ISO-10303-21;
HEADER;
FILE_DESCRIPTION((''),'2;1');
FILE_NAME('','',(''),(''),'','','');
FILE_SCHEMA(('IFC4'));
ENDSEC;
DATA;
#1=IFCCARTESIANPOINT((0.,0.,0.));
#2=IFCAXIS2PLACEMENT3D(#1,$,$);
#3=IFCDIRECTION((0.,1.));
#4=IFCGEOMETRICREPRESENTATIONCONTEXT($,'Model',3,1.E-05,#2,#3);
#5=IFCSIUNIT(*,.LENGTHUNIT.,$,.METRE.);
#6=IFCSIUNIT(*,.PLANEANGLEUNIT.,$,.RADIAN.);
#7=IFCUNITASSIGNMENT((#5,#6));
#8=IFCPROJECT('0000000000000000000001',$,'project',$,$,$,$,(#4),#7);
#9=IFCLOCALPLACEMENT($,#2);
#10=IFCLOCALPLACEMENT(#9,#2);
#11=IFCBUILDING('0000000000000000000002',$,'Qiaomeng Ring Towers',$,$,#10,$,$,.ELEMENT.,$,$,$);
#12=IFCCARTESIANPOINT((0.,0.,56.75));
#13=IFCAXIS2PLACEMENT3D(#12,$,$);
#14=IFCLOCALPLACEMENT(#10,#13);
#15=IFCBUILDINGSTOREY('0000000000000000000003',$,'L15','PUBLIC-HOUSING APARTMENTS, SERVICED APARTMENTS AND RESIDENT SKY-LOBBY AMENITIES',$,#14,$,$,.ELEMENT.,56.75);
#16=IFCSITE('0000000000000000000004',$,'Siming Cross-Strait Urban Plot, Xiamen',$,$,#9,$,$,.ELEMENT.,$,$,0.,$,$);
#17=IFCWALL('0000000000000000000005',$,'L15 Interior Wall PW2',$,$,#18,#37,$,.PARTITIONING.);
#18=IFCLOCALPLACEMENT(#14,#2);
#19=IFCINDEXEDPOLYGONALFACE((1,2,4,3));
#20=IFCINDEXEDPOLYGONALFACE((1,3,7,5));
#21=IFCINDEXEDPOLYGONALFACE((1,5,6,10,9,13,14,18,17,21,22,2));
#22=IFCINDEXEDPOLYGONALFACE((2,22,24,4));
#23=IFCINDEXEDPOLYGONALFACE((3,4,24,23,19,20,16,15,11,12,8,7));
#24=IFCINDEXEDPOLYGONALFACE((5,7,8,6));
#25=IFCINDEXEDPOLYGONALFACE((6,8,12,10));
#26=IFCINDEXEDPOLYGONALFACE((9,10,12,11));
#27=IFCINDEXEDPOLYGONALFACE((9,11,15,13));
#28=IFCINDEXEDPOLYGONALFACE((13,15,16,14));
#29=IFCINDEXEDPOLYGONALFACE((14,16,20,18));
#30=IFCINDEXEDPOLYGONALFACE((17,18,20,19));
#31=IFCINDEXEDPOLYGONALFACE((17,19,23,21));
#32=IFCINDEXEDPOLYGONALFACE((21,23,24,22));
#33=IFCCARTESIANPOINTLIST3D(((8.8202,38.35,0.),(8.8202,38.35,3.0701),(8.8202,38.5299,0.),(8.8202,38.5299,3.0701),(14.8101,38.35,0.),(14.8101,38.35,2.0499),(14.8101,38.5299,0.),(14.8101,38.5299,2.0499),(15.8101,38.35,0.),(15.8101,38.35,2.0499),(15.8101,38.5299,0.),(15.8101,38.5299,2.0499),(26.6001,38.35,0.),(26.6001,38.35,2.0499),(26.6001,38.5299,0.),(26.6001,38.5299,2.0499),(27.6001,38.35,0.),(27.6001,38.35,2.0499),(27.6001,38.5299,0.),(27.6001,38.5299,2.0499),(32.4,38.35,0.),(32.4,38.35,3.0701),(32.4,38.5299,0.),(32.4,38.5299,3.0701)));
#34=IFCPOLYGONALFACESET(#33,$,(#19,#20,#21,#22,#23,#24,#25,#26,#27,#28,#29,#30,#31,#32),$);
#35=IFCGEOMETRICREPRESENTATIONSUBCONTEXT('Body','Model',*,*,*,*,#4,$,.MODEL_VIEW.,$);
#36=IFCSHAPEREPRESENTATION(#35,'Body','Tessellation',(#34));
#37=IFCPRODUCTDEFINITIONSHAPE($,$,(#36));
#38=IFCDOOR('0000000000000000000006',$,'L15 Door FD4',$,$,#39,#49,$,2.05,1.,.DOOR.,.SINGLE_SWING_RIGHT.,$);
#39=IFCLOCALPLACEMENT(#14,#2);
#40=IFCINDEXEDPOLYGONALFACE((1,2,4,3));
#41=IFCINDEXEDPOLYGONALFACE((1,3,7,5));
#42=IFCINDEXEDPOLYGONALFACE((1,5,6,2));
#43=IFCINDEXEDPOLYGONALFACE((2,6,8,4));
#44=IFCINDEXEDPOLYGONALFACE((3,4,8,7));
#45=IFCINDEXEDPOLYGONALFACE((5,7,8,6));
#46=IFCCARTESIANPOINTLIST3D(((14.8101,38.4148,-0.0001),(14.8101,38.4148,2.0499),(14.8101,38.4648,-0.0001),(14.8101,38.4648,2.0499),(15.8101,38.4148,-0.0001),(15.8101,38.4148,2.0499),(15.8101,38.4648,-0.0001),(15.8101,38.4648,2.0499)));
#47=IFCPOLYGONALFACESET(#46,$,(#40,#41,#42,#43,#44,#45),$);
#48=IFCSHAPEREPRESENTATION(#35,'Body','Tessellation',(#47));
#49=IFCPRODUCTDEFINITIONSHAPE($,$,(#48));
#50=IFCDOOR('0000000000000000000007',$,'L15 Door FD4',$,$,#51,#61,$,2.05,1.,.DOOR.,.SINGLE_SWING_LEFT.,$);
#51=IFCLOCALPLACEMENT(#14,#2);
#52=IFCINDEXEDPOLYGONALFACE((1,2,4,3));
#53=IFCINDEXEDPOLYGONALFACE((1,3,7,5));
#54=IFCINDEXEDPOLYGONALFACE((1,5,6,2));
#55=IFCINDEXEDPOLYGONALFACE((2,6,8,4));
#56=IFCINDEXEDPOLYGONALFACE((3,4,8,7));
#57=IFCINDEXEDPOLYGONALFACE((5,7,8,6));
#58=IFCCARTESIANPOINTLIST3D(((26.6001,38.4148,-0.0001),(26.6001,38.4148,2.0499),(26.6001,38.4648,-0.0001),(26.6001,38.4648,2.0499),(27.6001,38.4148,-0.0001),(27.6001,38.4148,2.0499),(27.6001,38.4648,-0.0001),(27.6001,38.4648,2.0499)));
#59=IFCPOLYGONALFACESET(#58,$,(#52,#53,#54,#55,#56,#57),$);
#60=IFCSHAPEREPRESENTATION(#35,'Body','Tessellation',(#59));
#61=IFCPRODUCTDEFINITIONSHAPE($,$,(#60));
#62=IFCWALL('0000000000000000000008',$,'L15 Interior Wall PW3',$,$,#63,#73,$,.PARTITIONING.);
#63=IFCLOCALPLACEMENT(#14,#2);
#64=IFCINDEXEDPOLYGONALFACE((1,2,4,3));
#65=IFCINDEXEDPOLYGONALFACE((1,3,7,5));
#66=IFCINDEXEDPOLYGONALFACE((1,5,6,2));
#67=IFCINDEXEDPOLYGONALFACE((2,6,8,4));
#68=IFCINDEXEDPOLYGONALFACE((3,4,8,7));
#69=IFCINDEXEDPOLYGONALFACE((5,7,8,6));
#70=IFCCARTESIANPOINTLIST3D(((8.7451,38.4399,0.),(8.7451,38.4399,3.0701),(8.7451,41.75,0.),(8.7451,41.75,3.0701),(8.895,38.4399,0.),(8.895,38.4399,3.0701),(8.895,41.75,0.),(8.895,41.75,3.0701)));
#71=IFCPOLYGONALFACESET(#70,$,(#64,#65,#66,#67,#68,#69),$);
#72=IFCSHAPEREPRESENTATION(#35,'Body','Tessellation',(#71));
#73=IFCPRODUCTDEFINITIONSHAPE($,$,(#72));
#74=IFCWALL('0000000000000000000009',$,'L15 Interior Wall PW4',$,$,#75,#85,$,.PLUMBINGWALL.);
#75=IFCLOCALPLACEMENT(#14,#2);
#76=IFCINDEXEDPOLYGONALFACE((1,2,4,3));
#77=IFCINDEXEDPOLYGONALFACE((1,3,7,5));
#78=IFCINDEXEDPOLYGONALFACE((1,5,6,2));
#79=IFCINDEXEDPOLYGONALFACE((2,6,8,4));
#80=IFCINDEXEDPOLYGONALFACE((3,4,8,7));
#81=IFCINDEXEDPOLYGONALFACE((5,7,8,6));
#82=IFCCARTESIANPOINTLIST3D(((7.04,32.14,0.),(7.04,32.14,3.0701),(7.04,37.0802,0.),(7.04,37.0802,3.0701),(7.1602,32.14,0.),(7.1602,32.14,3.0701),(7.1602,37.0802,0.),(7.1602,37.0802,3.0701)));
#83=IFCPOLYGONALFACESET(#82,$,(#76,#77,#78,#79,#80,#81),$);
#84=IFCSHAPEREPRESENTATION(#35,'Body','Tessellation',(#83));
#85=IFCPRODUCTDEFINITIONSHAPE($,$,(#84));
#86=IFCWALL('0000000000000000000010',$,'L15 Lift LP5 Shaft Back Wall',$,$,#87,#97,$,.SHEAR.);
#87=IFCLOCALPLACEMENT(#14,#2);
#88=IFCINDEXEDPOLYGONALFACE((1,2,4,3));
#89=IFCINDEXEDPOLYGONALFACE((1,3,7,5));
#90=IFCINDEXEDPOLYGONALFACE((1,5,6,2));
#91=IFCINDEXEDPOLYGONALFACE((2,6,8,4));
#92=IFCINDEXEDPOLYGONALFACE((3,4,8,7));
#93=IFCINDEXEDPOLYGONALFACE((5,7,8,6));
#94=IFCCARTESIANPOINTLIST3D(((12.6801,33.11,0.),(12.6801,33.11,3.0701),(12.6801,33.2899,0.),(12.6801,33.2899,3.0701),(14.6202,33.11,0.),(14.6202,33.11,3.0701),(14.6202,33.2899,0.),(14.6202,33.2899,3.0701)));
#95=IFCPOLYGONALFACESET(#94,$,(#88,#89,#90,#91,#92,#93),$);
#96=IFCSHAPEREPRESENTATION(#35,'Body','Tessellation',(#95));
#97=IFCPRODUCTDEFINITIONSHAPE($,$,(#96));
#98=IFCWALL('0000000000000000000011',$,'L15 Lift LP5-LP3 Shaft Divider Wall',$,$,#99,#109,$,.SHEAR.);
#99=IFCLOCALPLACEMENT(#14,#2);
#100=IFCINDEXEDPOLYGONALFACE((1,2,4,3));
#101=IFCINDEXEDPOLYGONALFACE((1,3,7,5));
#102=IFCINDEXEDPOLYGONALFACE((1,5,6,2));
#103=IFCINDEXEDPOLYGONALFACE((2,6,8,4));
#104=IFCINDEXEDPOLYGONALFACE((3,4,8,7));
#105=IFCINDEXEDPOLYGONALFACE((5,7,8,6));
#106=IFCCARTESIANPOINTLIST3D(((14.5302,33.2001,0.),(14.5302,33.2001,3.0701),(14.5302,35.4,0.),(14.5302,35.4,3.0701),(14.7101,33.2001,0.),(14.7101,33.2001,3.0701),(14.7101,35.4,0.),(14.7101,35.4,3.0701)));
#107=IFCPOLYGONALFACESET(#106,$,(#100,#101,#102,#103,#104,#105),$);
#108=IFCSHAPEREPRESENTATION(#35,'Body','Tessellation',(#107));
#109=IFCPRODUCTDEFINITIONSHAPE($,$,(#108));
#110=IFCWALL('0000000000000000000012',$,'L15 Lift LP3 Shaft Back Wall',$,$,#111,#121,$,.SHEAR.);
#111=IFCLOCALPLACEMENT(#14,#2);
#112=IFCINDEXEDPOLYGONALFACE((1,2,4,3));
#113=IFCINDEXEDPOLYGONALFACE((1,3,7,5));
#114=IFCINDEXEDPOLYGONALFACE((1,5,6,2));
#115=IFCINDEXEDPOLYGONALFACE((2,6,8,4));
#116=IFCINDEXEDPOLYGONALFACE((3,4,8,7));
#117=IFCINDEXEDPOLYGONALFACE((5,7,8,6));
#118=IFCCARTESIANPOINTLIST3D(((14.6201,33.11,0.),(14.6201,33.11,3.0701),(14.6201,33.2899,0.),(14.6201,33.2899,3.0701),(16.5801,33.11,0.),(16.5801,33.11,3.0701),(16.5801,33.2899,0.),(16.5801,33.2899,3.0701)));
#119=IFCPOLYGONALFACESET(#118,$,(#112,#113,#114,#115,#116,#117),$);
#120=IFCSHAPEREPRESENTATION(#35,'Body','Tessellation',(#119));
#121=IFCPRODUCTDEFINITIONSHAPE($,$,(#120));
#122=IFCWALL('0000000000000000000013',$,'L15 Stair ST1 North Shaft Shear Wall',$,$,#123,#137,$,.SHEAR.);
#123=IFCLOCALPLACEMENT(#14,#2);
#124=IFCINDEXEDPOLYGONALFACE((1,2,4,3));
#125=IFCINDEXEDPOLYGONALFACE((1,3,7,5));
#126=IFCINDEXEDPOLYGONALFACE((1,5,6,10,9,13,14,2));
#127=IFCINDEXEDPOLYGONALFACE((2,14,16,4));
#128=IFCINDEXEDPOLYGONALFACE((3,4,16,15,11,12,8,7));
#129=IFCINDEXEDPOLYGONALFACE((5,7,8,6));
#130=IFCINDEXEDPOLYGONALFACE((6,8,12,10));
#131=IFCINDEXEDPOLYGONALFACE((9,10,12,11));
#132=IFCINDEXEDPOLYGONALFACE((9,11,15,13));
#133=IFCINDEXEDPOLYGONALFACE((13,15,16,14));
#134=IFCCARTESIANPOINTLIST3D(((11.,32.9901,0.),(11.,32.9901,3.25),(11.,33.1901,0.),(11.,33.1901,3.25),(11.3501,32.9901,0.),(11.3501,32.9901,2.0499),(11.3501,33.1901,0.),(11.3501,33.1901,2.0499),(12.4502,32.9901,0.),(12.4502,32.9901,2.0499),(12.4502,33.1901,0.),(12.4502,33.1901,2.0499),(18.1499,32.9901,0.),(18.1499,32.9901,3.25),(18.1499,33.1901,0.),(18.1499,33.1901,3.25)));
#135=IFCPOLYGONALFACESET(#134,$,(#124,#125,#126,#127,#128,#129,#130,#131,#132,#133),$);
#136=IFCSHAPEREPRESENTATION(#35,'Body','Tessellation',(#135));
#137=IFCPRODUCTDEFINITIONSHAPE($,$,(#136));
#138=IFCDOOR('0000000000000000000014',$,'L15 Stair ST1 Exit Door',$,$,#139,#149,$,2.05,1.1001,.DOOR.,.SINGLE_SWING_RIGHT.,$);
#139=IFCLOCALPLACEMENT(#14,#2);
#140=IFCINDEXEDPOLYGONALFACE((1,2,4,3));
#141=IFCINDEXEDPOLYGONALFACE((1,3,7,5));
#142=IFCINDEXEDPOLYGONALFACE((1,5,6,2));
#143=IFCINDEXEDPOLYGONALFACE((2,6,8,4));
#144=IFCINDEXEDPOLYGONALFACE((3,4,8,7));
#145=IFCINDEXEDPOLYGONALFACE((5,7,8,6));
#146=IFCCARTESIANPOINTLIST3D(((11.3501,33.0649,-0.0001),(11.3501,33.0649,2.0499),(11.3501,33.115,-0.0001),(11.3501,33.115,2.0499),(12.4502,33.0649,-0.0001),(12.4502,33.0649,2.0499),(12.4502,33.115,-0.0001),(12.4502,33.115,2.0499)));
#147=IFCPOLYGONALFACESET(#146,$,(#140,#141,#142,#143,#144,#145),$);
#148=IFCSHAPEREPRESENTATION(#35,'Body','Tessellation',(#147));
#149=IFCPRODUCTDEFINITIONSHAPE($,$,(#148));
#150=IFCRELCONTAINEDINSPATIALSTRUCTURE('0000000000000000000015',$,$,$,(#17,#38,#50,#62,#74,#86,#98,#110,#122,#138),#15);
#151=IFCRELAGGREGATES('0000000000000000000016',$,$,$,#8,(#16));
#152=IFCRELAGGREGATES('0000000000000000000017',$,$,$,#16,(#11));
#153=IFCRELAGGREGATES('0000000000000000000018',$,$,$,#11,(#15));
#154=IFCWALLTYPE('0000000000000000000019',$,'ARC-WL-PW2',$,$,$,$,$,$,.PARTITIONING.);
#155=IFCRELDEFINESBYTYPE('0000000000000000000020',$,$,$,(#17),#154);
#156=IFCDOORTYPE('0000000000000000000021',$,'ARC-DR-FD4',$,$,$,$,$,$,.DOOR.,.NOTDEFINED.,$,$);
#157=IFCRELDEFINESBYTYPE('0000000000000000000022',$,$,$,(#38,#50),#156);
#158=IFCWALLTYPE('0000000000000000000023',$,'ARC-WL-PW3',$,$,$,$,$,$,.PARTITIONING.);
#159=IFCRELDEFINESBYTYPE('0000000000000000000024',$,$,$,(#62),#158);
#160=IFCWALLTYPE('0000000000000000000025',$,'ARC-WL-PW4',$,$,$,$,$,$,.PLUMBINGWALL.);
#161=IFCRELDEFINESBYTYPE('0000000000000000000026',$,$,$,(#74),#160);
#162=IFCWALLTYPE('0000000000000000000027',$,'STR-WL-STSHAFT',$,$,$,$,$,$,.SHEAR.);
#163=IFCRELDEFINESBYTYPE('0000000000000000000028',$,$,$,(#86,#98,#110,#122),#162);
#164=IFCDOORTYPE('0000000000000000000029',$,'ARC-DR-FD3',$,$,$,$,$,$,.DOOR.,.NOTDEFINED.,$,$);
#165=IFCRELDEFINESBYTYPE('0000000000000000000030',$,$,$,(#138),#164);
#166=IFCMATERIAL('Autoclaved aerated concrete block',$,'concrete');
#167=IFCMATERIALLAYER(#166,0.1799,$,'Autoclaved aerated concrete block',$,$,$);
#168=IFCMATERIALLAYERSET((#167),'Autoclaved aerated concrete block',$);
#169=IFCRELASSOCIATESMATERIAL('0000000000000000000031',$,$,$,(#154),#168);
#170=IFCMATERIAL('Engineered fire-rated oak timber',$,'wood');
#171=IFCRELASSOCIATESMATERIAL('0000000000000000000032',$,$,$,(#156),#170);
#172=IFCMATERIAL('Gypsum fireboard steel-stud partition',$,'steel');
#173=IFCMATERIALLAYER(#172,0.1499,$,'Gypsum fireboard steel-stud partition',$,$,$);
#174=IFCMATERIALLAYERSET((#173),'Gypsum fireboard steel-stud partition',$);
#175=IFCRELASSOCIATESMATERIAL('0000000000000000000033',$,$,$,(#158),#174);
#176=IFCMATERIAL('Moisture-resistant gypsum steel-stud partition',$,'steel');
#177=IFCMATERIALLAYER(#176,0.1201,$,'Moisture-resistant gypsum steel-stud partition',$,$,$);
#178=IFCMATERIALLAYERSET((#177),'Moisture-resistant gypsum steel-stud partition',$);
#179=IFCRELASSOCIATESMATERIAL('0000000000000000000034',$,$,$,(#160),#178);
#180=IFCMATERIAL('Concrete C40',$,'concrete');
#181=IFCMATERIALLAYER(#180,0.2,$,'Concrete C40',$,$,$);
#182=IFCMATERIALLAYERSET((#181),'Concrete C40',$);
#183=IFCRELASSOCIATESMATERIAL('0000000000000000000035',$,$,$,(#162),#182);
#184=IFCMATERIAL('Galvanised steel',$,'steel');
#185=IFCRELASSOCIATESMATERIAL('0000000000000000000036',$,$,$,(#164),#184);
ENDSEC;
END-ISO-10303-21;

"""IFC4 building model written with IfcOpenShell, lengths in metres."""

from ifc_helpers import new_model, si_unit, direction, frame, frame_2d, origin, place, context, subcontext, project, spatial, rectangle, extrude, source, transform, mapped, material, layer, layer_set, type_object, element, fill, save


model = new_model("IFC4")

# Units and contexts
model_context = context("Model", 3, precision=1e-05, world=origin(), true_north=direction((0.0, 1.0)))
body_context = subcontext(model_context, "Body", "Model", "MODEL_VIEW")
ifc_project = project(units=[si_unit("LENGTHUNIT", "METRE"), si_unit("PLANEANGLEUNIT", "RADIAN")], contexts=[model_context])

# Site, building, storey
site_placement = place(None, origin())
site = spatial("IfcSite", under=ifc_project, at=site_placement, Name="Siming Cross-Strait Urban Plot, Xiamen", CompositionType="ELEMENT", RefElevation=0.0)
building_placement = place(site_placement, origin())
building = spatial("IfcBuilding", under=site, at=building_placement, Name="Qiaomeng Ring Towers", CompositionType="ELEMENT")
storey_placement = place(building_placement, frame((0.0, 0.0, 56.75)))
storey = spatial("IfcBuildingStorey", under=building, at=storey_placement, Name="L15", Description="PUBLIC-HOUSING APARTMENTS, SERVICED APARTMENTS AND RESIDENT SKY-LOBBY AMENITIES", CompositionType="ELEMENT", Elevation=56.75)

# Shared definitions
ifc_material_1 = material(Name="Autoclaved aerated concrete block", Category="concrete")

# Wall, openings, doors
ifc_layer_1 = layer(ifc_material_1, 0.1799, Name="Autoclaved aerated concrete block")
ifc_layer_set_1 = layer_set([ifc_layer_1], Name="Autoclaved aerated concrete block")
wall_type_1 = type_object("IfcWallType", Name="ARC-WL-PW2", PredefinedType="PARTITIONING", material=ifc_layer_set_1)
wall_1_placement = place(storey_placement, frame((8.8201, 38.4399, 0.0), z_axis=(0.0, 0.0, 1.0), x_axis=(1.0, 0.0, 0.0)))
wall_1 = element("IfcWall", 1, at=wall_1_placement, inside=storey, type_object=wall_type_1, Name="L15 Interior Wall PW2", PredefinedType="PARTITIONING", context=body_context, shape_type="SweptSolid", body=[
    extrude(rectangle(XDim=23.5798, YDim=0.1799, at=frame_2d((11.79, 0.0))), origin(), (0.0, 0.0, 1.0), 3.0701),
])
opening_1_placement = place(wall_1_placement, frame((5.99, 0.0, 0.0)))
opening_1 = element("IfcOpeningElement", 2, at=opening_1_placement, cuts=wall_1, PredefinedType="OPENING", context=body_context, shape_type="SweptSolid", body=[
    extrude(rectangle(XDim=1.0, YDim=2.05, at=frame_2d((0.5, 1.0249))), frame((0.0, 0.0999, 0.0), z_axis=(0.0, -1.0, 0.0), x_axis=(1.0, 0.0, 0.0)), (0.0, 0.0, 1.0), 0.2),
])
opening_2_placement = place(wall_1_placement, frame((17.78, 0.0, 0.0)))
opening_2 = element("IfcOpeningElement", 3, at=opening_2_placement, cuts=wall_1, PredefinedType="OPENING", context=body_context, shape_type="SweptSolid", body=[
    extrude(rectangle(XDim=1.0, YDim=2.05, at=frame_2d((0.5, 1.0249))), frame((0.0, 0.0999, 0.0), z_axis=(0.0, -1.0, 0.0), x_axis=(1.0, 0.0, 0.0)), (0.0, 0.0, 1.0), 0.2),
])
ifc_material_2 = material(Name="Engineered fire-rated oak timber", Category="wood")
door_type_1 = type_object("IfcDoorType", Name="ARC-DR-FD4", OperationType="NOTDEFINED", PredefinedType="DOOR", material=ifc_material_2)
shared_shape_1 = source(origin(), body_context, "Body", "SweptSolid", [
    extrude(rectangle(XDim=1.0, YDim=2.05, at=frame_2d((0.5, 1.0249))), frame((0.0, 0.0249, 0.0), z_axis=(0.0, -1.0, 0.0), x_axis=(1.0, 0.0, 0.0)), (0.0, 0.0, 1.0), 0.05),
])
door_1_placement = place(opening_1_placement, origin())
door_1 = element("IfcDoor", 4, at=door_1_placement, inside=storey, type_object=door_type_1, Name="L15 Door FD4", OperationType="SINGLE_SWING_RIGHT", OverallHeight=2.05, OverallWidth=1.0, PredefinedType="DOOR", context=body_context, shape_type="MappedRepresentation", body=[
    mapped(shared_shape_1, transform((0.0, 0.0, 0.0), x_axis=(1.0, 0.0, 0.0), y_axis=(0.0, 1.0, 0.0), z_axis=(0.0, 0.0, 1.0), scale=1.0)),
])
fill(opening_1, door_1)
door_2_placement = place(opening_2_placement, origin())
door_2 = element("IfcDoor", 5, at=door_2_placement, inside=storey, type_object=door_type_1, Name="L15 Door FD4", OperationType="SINGLE_SWING_LEFT", OverallHeight=2.05, OverallWidth=1.0, PredefinedType="DOOR", context=body_context, shape_type="MappedRepresentation", body=[
    mapped(shared_shape_1, transform((0.0, 0.0, 0.0), x_axis=(1.0, 0.0, 0.0), y_axis=(0.0, 1.0, 0.0), z_axis=(0.0, 0.0, 1.0), scale=1.0)),
])
fill(opening_2, door_2)

# Walls
ifc_material_3 = material(Name="Gypsum fireboard steel-stud partition", Category="steel")
ifc_layer_2 = layer(ifc_material_3, 0.1499, Name="Gypsum fireboard steel-stud partition")
ifc_layer_set_2 = layer_set([ifc_layer_2], Name="Gypsum fireboard steel-stud partition")
wall_type_2 = type_object("IfcWallType", Name="ARC-WL-PW3", PredefinedType="PARTITIONING", material=ifc_layer_set_2)
wall_2_placement = place(storey_placement, frame((8.8201, 38.4399, 0.0), z_axis=(0.0, 0.0, 1.0), x_axis=(0.0, 1.0, 0.0)))
element("IfcWall", 6, at=wall_2_placement, inside=storey, type_object=wall_type_2, Name="L15 Interior Wall PW3", PredefinedType="PARTITIONING", context=body_context, shape_type="SweptSolid", body=[
    extrude(rectangle(XDim=3.3101, YDim=0.1499, at=frame_2d((1.655, 0.0))), origin(), (0.0, 0.0, 1.0), 3.0701),
])
ifc_material_4 = material(Name="Moisture-resistant gypsum steel-stud partition", Category="steel")
ifc_layer_3 = layer(ifc_material_4, 0.1201, Name="Moisture-resistant gypsum steel-stud partition")
ifc_layer_set_3 = layer_set([ifc_layer_3], Name="Moisture-resistant gypsum steel-stud partition")
wall_type_3 = type_object("IfcWallType", Name="ARC-WL-PW4", PredefinedType="PLUMBINGWALL", material=ifc_layer_set_3)
wall_3_placement = place(storey_placement, frame((7.1001, 32.1399, 0.0), z_axis=(0.0, 0.0, 1.0), x_axis=(0.0, 1.0, 0.0)))
element("IfcWall", 7, at=wall_3_placement, inside=storey, type_object=wall_type_3, Name="L15 Interior Wall PW4", PredefinedType="PLUMBINGWALL", context=body_context, shape_type="SweptSolid", body=[
    extrude(rectangle(XDim=4.9402, YDim=0.1201, at=frame_2d((2.4702, 0.0))), origin(), (0.0, 0.0, 1.0), 3.0701),
])
ifc_material_5 = material(Name="Concrete C40", Category="concrete")
ifc_layer_4 = layer(ifc_material_5, 0.2, Name="Concrete C40")
ifc_layer_set_4 = layer_set([ifc_layer_4], Name="Concrete C40")
wall_type_4 = type_object("IfcWallType", Name="STR-WL-STSHAFT", PredefinedType="SHEAR", material=ifc_layer_set_4)
wall_4_placement = place(storey_placement, frame((12.6799, 33.2, 0.0), z_axis=(0.0, 0.0, 1.0), x_axis=(1.0, 0.0, 0.0)))
element("IfcWall", 8, at=wall_4_placement, inside=storey, type_object=wall_type_4, Name="L15 Lift LP5 Shaft Back Wall", PredefinedType="SHEAR", context=body_context, shape_type="SweptSolid", body=[
    extrude(rectangle(XDim=1.9402, YDim=0.1799, at=frame_2d((0.9702, 0.0))), origin(), (0.0, 0.0, 1.0), 3.0701),
])
wall_5_placement = place(storey_placement, frame((14.6201, 33.2, 0.0), z_axis=(0.0, 0.0, 1.0), x_axis=(0.0, 1.0, 0.0)))
element("IfcWall", 9, at=wall_5_placement, inside=storey, type_object=wall_type_4, Name="L15 Lift LP5-LP3 Shaft Divider Wall", PredefinedType="SHEAR", context=body_context, shape_type="SweptSolid", body=[
    extrude(rectangle(XDim=2.2, YDim=0.1799, at=frame_2d((1.1001, 0.0))), origin(), (0.0, 0.0, 1.0), 3.0701),
])
wall_6_placement = place(storey_placement, frame((14.6201, 33.2, 0.0), z_axis=(0.0, 0.0, 1.0), x_axis=(1.0, 0.0, 0.0)))
element("IfcWall", 10, at=wall_6_placement, inside=storey, type_object=wall_type_4, Name="L15 Lift LP3 Shaft Back Wall", PredefinedType="SHEAR", context=body_context, shape_type="SweptSolid", body=[
    extrude(rectangle(XDim=1.96, YDim=0.1799, at=frame_2d((0.98, 0.0))), origin(), (0.0, 0.0, 1.0), 3.0701),
])

# Wall, opening, door
wall_7_placement = place(storey_placement, frame((11.0, 33.0901, 0.0), z_axis=(0.0, 0.0, 1.0), x_axis=(1.0, 0.0, 0.0)))
wall_7 = element("IfcWall", 11, at=wall_7_placement, inside=storey, type_object=wall_type_4, Name="L15 Stair ST1 North Shaft Shear Wall", PredefinedType="SHEAR", context=body_context, shape_type="SweptSolid", body=[
    extrude(rectangle(XDim=7.1499, YDim=0.2, at=frame_2d((3.575, 0.0))), origin(), (0.0, 0.0, 1.0), 3.25),
])
opening_3_placement = place(wall_7_placement, frame((0.3501, 0.0, 0.0)))
opening_3 = element("IfcOpeningElement", 12, at=opening_3_placement, cuts=wall_7, PredefinedType="OPENING", context=body_context, shape_type="SweptSolid", body=[
    extrude(rectangle(XDim=1.1001, YDim=2.05, at=frame_2d((0.55, 1.0249))), frame((0.0, 0.1099, 0.0), z_axis=(0.0, -1.0, 0.0), x_axis=(1.0, 0.0, 0.0)), (0.0, 0.0, 1.0), 0.22),
])
ifc_material_6 = material(Name="Galvanised steel", Category="steel")
door_type_2 = type_object("IfcDoorType", Name="ARC-DR-FD3", OperationType="NOTDEFINED", PredefinedType="DOOR", material=ifc_material_6)
shared_shape_2 = source(origin(), body_context, "Body", "SweptSolid", [
    extrude(rectangle(XDim=1.1001, YDim=2.05, at=frame_2d((0.55, 1.0249))), frame((0.0, 0.0249, 0.0), z_axis=(0.0, -1.0, 0.0), x_axis=(1.0, 0.0, 0.0)), (0.0, 0.0, 1.0), 0.05),
])
door_3_placement = place(opening_3_placement, origin())
door_3 = element("IfcDoor", 13, at=door_3_placement, inside=storey, type_object=door_type_2, Name="L15 Stair ST1 Exit Door", OperationType="SINGLE_SWING_RIGHT", OverallHeight=2.05, OverallWidth=1.1001, PredefinedType="DOOR", context=body_context, shape_type="MappedRepresentation", body=[
    mapped(shared_shape_2, transform((0.0, 0.0, 0.0), x_axis=(1.0, 0.0, 0.0), y_axis=(0.0, 1.0, 0.0), z_axis=(0.0, 0.0, 1.0), scale=1.0)),
])
fill(opening_3, door_3)

save(model, "model.ifc")
